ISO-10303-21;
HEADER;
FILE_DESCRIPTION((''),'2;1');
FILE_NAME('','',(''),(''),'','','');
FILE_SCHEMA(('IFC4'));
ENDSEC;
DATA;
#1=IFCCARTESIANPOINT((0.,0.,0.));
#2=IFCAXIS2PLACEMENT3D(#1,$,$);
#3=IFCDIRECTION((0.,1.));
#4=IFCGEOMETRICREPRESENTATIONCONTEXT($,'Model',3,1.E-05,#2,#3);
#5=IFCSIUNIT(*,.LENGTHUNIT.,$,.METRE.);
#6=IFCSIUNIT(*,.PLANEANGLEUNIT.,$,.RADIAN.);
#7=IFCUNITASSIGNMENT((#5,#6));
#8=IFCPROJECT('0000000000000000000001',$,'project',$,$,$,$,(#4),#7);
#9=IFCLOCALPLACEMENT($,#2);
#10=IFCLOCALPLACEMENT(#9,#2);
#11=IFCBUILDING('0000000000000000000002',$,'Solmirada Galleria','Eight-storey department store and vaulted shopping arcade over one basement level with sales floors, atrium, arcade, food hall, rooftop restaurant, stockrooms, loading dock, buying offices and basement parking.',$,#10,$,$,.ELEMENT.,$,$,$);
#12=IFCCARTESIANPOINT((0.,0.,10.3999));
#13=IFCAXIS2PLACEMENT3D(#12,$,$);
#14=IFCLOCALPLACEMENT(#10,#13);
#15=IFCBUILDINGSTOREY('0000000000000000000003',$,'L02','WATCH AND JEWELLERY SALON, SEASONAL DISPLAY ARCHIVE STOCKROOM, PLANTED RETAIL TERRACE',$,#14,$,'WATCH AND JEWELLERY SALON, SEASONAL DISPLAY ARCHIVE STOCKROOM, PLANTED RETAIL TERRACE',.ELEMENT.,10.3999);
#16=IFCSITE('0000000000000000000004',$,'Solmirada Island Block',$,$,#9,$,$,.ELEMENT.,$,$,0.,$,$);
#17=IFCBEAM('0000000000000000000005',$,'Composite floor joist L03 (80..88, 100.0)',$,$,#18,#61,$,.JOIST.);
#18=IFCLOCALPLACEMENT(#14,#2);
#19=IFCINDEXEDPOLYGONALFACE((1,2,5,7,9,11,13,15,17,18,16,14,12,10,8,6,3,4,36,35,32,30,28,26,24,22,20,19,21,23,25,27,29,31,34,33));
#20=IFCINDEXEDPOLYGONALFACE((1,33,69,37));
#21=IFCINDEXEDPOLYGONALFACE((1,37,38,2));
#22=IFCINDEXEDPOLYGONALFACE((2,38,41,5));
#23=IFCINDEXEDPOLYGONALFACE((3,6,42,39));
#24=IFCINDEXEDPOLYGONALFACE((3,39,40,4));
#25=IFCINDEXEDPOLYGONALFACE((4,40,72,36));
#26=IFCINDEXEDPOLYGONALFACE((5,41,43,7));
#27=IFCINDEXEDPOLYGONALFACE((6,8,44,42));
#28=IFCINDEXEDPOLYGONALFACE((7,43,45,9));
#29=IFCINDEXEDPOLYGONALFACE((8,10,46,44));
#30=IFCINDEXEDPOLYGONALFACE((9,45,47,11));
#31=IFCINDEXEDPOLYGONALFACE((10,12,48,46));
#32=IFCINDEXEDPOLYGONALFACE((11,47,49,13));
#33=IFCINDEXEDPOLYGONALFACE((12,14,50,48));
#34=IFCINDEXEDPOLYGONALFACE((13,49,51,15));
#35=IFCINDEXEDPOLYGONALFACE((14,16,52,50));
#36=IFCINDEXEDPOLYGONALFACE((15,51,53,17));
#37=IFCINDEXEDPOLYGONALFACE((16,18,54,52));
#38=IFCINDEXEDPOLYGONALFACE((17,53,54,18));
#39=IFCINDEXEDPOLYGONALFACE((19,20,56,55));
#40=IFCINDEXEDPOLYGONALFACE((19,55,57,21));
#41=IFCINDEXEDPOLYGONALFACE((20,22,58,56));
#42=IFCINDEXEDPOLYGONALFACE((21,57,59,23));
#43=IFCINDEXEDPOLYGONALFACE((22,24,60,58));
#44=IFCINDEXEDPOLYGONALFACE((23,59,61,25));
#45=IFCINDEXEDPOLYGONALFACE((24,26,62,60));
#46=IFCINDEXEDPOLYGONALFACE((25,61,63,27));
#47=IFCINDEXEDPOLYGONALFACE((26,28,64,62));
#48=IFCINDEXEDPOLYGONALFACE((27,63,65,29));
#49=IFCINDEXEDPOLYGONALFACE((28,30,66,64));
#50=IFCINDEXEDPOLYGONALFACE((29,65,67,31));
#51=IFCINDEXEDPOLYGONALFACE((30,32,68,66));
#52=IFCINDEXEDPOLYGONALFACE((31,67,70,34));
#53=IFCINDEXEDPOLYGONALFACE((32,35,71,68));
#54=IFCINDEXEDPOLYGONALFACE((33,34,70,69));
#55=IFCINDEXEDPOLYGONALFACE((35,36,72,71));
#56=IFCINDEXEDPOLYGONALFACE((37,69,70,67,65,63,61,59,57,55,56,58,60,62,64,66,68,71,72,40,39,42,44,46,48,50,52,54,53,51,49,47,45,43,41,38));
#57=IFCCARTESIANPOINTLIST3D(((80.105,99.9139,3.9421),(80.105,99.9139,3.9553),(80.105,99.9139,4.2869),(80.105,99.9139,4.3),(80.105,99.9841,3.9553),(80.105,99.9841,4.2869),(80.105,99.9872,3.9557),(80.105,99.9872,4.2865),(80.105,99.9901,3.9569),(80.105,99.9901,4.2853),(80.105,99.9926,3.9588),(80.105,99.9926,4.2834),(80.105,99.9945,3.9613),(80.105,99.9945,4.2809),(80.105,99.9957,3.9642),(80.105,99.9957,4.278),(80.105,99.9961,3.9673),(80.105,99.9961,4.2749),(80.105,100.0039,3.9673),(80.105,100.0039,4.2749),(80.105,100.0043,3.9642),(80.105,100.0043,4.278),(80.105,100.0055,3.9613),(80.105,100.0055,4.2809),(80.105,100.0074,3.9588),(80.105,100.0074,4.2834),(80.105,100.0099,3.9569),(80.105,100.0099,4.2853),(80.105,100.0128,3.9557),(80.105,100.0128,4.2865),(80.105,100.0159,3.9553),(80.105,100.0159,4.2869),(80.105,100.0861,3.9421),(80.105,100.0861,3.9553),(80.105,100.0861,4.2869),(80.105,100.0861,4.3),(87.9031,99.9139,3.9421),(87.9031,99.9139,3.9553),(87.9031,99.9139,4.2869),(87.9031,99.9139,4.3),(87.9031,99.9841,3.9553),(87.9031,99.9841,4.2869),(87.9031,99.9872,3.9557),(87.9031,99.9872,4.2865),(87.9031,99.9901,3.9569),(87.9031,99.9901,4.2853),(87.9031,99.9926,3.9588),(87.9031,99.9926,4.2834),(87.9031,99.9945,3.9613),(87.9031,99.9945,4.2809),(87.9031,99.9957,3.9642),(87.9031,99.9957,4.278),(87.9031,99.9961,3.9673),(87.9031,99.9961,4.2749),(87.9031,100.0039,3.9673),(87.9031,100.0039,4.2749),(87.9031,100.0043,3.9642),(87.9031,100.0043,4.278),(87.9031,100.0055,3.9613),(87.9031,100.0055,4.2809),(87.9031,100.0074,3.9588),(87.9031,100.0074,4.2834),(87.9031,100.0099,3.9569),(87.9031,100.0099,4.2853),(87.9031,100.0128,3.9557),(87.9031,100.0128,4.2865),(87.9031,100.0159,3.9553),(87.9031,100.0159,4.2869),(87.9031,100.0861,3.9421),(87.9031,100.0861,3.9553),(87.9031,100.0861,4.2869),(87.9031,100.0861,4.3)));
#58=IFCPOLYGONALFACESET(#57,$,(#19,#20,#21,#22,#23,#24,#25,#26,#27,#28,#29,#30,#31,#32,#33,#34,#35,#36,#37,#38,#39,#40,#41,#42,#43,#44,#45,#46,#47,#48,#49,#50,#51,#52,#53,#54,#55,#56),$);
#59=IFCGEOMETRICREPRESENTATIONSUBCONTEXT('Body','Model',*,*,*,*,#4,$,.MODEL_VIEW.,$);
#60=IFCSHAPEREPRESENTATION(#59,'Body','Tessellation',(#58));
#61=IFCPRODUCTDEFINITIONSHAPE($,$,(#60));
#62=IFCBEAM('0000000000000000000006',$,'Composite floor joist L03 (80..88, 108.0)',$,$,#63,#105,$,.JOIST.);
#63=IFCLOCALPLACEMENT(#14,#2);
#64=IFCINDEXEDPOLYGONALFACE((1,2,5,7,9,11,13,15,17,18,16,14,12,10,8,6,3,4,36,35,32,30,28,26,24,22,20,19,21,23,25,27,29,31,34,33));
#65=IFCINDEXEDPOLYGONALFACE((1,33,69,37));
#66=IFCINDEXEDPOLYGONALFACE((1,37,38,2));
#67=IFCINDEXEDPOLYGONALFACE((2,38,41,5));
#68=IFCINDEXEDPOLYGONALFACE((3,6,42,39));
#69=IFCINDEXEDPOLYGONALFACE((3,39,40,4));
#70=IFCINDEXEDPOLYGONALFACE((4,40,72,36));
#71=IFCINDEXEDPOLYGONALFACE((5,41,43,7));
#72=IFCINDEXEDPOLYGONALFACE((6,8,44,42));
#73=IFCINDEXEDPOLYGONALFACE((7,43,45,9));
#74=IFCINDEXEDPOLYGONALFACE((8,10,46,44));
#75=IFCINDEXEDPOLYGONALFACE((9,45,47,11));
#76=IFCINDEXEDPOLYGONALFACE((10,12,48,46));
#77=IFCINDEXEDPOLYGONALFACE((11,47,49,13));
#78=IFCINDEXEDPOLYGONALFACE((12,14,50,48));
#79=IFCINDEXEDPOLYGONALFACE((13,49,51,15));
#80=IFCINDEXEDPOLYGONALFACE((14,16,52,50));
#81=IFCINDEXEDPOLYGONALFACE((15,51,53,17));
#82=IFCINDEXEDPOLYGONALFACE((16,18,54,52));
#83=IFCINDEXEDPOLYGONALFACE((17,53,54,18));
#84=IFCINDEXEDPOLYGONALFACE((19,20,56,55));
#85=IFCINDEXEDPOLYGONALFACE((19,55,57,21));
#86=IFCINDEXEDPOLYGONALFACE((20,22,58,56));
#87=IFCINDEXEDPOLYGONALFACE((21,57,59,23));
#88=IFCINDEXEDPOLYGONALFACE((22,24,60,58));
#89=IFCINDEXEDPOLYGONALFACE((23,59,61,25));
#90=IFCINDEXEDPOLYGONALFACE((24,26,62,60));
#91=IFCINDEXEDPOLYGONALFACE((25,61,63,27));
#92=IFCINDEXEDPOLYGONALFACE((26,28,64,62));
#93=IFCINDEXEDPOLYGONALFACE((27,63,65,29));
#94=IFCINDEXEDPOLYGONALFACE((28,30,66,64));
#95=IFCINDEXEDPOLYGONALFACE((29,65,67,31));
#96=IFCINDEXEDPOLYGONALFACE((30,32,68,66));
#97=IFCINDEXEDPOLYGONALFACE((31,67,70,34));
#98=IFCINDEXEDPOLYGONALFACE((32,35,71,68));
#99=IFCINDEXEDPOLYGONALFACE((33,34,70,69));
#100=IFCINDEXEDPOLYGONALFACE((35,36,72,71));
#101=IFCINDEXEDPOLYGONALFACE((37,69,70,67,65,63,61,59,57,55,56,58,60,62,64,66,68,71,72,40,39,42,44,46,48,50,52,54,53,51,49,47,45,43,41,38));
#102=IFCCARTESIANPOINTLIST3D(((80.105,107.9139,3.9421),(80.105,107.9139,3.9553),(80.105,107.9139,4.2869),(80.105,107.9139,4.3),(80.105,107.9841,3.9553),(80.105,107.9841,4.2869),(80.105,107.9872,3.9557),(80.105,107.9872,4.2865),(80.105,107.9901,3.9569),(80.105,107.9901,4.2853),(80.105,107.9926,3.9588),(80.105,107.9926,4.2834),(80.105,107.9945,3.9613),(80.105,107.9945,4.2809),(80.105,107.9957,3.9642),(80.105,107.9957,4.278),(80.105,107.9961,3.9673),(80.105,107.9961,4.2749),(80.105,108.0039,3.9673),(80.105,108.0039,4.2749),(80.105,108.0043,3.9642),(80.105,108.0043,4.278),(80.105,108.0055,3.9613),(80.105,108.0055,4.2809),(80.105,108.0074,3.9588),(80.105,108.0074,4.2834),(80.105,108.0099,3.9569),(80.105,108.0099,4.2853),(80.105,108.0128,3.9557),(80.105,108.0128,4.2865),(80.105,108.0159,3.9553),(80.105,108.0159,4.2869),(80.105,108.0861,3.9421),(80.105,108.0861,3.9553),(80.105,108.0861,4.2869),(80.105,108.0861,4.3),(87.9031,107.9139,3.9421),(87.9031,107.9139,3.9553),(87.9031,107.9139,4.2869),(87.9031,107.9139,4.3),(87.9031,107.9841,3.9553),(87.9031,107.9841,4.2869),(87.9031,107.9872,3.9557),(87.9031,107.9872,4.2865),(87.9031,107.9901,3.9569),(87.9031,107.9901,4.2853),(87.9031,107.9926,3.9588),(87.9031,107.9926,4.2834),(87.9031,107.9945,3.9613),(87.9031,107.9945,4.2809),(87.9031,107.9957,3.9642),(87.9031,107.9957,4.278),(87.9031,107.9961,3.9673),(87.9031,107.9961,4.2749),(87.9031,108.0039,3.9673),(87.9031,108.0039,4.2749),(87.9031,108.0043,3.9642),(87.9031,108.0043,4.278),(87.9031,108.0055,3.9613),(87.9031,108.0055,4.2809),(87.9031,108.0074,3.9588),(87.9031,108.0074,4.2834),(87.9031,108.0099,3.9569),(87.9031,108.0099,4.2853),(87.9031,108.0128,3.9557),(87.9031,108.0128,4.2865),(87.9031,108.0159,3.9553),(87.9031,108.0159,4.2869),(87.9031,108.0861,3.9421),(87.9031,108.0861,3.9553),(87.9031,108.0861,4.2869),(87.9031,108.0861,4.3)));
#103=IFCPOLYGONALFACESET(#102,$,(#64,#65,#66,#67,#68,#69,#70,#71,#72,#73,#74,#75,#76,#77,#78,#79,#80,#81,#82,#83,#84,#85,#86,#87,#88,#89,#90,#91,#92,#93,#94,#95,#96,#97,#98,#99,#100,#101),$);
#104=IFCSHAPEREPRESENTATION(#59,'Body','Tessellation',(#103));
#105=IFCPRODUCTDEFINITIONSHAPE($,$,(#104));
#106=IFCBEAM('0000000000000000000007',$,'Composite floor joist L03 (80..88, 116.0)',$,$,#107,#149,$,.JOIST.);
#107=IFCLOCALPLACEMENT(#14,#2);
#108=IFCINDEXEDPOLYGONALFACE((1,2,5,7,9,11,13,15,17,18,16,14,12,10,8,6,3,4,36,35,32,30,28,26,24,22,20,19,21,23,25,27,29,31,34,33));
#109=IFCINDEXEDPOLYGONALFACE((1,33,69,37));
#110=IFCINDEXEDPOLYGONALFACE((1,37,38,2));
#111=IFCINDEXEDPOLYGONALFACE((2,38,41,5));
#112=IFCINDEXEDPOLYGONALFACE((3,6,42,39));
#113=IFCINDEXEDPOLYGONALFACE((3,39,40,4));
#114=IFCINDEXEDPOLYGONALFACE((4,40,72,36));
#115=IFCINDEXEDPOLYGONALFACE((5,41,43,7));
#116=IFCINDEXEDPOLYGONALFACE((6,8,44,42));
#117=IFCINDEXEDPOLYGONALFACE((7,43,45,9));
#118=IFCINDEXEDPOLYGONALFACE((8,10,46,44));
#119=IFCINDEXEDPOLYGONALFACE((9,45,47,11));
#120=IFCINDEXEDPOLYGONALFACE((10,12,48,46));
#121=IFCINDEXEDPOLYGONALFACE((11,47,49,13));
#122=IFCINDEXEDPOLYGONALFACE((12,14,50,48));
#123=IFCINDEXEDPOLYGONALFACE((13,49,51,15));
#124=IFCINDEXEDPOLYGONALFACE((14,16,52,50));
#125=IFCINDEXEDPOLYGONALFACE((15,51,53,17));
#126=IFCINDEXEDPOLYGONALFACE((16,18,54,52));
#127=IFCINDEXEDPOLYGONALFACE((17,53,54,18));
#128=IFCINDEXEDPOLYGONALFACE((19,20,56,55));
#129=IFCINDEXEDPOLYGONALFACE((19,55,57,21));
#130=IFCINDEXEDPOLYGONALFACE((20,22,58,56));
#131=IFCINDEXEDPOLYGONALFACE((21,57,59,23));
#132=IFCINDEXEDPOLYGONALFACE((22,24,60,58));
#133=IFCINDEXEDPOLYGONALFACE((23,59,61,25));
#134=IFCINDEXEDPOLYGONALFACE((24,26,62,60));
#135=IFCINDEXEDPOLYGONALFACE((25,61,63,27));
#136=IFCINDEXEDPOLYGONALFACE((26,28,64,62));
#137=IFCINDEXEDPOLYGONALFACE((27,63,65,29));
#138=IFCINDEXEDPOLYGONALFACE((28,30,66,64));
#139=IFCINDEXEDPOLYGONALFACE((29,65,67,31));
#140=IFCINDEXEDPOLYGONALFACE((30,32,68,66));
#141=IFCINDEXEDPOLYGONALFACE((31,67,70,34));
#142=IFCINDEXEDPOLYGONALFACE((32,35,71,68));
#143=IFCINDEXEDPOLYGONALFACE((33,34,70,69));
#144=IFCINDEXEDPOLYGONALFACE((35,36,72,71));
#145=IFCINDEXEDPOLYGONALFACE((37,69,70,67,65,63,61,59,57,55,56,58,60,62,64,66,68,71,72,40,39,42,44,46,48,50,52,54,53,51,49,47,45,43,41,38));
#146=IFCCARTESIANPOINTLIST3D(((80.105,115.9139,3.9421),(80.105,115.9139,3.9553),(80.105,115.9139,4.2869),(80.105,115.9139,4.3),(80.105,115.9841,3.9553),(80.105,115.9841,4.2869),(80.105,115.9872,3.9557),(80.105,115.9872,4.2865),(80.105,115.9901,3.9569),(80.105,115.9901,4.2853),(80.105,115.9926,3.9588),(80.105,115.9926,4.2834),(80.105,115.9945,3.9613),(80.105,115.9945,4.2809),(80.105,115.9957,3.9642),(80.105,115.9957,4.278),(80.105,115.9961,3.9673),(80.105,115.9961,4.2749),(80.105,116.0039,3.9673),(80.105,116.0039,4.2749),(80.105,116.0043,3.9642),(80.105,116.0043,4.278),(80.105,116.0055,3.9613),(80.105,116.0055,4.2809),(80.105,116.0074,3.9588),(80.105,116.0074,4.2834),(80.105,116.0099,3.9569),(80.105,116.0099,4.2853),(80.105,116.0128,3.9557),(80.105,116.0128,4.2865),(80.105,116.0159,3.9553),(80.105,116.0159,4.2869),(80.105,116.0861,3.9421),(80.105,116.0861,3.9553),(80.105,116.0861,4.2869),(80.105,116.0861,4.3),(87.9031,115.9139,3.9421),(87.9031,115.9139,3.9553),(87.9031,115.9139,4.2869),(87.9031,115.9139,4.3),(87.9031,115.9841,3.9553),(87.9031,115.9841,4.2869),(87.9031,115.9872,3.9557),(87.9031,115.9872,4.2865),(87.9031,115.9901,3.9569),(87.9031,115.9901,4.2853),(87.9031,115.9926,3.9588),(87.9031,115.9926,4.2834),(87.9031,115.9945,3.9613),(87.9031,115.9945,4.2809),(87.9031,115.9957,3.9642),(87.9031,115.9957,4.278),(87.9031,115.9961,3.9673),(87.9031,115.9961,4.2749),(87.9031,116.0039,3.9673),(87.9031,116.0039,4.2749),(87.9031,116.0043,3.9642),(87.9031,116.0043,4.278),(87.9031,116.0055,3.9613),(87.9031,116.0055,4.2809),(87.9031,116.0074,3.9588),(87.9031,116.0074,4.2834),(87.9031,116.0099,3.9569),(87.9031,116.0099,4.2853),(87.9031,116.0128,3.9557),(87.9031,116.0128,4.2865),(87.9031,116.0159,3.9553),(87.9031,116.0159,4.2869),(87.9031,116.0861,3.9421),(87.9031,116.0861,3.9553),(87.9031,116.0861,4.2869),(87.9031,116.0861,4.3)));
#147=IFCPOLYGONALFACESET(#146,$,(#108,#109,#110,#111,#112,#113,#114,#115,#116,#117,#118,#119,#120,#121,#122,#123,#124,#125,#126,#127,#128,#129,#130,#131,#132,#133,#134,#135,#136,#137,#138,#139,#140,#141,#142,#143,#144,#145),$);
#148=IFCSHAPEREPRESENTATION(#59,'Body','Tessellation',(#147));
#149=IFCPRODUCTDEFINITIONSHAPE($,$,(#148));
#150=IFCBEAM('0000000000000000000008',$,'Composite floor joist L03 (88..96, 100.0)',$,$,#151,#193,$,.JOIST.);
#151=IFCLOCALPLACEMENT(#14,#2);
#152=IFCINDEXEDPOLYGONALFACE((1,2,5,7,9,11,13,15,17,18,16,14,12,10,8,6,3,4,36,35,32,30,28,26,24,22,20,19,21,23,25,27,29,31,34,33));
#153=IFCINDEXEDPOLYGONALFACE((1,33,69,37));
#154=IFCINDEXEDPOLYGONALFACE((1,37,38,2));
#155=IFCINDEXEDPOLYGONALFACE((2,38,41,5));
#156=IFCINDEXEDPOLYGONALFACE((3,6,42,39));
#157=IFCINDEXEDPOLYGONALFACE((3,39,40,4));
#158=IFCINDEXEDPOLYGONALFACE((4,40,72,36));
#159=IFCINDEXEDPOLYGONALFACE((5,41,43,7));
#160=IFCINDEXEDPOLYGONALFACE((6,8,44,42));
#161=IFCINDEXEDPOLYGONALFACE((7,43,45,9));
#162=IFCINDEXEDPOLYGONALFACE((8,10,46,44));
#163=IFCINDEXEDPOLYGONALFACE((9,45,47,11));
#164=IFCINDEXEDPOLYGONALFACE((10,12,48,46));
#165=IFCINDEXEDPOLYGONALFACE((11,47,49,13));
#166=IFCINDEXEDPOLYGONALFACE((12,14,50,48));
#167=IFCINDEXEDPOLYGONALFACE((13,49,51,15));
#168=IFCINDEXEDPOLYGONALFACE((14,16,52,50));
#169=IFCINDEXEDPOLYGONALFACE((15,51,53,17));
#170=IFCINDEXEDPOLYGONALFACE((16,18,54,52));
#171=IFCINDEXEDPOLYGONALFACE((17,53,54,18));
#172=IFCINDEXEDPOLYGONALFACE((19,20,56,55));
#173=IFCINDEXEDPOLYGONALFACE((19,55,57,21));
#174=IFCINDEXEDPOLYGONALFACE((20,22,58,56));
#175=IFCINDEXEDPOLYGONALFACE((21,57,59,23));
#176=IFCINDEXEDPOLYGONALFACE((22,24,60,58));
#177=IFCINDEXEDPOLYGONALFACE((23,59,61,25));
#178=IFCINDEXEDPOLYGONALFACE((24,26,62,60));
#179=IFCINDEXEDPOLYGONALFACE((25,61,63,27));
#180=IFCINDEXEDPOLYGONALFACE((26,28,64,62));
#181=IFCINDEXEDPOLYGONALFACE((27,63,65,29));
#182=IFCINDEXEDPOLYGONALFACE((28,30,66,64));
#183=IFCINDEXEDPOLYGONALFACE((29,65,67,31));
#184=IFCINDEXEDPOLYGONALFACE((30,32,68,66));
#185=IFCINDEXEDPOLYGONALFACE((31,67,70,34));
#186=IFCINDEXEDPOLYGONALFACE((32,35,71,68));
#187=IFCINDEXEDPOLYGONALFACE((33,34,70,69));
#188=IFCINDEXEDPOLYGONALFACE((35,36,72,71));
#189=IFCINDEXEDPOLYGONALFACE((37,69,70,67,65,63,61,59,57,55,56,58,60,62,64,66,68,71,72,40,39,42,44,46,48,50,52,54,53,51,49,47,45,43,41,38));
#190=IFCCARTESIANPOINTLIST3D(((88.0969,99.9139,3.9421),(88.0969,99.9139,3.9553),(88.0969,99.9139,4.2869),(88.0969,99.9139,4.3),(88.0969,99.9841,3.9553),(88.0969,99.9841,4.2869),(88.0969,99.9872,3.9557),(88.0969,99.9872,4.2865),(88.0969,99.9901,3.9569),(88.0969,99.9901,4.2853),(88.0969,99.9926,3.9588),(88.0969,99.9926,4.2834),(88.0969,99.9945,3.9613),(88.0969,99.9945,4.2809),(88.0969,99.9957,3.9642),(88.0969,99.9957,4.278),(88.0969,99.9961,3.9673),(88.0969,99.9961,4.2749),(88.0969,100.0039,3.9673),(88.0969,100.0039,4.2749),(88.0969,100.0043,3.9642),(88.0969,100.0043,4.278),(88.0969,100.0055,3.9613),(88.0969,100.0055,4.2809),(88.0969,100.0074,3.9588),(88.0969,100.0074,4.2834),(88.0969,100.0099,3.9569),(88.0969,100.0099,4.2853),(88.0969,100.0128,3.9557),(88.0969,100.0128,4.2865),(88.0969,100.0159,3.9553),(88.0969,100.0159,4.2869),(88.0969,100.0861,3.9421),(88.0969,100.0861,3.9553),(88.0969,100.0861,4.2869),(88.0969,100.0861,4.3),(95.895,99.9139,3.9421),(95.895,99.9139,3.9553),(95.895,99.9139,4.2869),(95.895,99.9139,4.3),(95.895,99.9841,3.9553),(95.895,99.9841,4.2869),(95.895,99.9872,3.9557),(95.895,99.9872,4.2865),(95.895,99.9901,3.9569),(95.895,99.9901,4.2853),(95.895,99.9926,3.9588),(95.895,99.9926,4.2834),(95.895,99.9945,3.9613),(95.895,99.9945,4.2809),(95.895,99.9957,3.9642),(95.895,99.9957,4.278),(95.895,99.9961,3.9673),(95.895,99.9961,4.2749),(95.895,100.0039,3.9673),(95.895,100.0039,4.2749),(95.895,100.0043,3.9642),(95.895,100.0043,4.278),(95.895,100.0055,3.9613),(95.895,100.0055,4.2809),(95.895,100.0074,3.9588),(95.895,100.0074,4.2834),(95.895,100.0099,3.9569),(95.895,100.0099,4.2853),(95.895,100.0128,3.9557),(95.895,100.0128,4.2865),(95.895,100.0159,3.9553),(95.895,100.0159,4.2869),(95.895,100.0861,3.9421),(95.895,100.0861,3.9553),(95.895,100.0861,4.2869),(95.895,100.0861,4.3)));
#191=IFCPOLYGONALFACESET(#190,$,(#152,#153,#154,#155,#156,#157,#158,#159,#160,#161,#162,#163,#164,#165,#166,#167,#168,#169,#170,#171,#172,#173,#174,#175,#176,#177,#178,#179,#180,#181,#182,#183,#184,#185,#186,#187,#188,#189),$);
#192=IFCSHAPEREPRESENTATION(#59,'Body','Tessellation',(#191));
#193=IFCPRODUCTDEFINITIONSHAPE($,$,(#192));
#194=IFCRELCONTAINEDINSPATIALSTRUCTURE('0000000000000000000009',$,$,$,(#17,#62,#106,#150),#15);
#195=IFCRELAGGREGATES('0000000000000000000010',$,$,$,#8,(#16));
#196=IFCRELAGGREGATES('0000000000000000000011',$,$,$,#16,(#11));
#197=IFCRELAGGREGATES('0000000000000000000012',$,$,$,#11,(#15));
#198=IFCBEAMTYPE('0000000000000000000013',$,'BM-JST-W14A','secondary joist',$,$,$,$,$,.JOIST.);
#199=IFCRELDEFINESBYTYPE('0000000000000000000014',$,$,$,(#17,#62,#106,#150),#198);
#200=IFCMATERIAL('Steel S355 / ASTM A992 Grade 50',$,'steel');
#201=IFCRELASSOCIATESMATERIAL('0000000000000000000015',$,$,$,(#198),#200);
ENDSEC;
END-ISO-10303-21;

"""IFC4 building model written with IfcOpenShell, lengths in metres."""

from ifc_helpers import new_model, si_unit, direction, frame, origin, origin_2d, place, context, subcontext, project, spatial, i_section, extrude, material, material_profile, profile_set, type_object, element, save


model = new_model("IFC4")

# Units and contexts
model_context = context("Model", 3, precision=1e-05, world=origin(), true_north=direction((0.0, 1.0)))
body_context = subcontext(model_context, "Body", "Model", "MODEL_VIEW")
ifc_project = project(units=[si_unit("LENGTHUNIT", "METRE"), si_unit("PLANEANGLEUNIT", "RADIAN")], contexts=[model_context])

# Site, building, storey
site_placement = place(None, origin())
site = spatial("IfcSite", under=ifc_project, at=site_placement, Name="Solmirada Island Block", CompositionType="ELEMENT", RefElevation=0.0)
building_placement = place(site_placement, origin())
building = spatial("IfcBuilding", under=site, at=building_placement, Name="Solmirada Galleria", Description="Eight-storey department store and vaulted shopping arcade over one basement level with sales floors, atrium, arcade, food hall, rooftop restaurant, stockrooms, loading dock, buying offices and basement parking.", CompositionType="ELEMENT")
storey_placement = place(building_placement, frame((0.0, 0.0, 10.3999)))
storey = spatial("IfcBuildingStorey", under=building, at=storey_placement, Name="L02", Description="WATCH AND JEWELLERY SALON, SEASONAL DISPLAY ARCHIVE STOCKROOM, PLANTED RETAIL TERRACE", LongName="WATCH AND JEWELLERY SALON, SEASONAL DISPLAY ARCHIVE STOCKROOM, PLANTED RETAIL TERRACE", CompositionType="ELEMENT", Elevation=10.3999)

# Beams
ifc_material_1 = material(Name="Steel S355 / ASTM A992 Grade 50", Category="steel")
ifc_material_profile_1 = material_profile(ifc_material_1, i_section(OverallWidth=0.1721, OverallDepth=0.3579, WebThickness=0.0078, FlangeThickness=0.0132, FilletRadius=0.012, at=origin_2d()), Name="W14X38")
ifc_profile_set_1 = profile_set([ifc_material_profile_1], Name="Steel S355 / ASTM A992 Grade 50")
beam_type_1 = type_object("IfcBeamType", Name="BM-JST-W14A", Description="secondary joist", PredefinedType="JOIST", material=ifc_profile_set_1)
for number, where, z_axis, x_axis, name in (
    (1, (80.105, 100.0, 4.1211), (1.0, 0.0, 0.0), (0.0, 1.0, 0.0), "Composite floor joist L03 (80..88, 100.0)"),
    (2, (80.105, 108.0, 4.1211), (1.0, 0.0, 0.0), (0.0, 1.0, 0.0), "Composite floor joist L03 (80..88, 108.0)"),
    (3, (80.105, 116.0, 4.1211), (1.0, 0.0, 0.0), (0.0, 1.0, 0.0), "Composite floor joist L03 (80..88, 116.0)"),
    (4, (88.0969, 100.0, 4.1211), (1.0, 0.0, 0.0), (0.0, 1.0, 0.0), "Composite floor joist L03 (88..96, 100.0)"),
):
    element("IfcBeam", number, at=place(storey_placement, frame(where, z_axis=z_axis, x_axis=x_axis)), inside=storey, type_object=beam_type_1, Name=name, PredefinedType="JOIST", context=body_context, shape_type="SweptSolid", body=[
        extrude(i_section(OverallWidth=0.1721, OverallDepth=0.3579, WebThickness=0.0078, FlangeThickness=0.0132, FilletRadius=0.012, at=origin_2d()), origin(), (0.0, 0.0, 1.0), 7.7981),
    ])

save(model, "model.ifc")
